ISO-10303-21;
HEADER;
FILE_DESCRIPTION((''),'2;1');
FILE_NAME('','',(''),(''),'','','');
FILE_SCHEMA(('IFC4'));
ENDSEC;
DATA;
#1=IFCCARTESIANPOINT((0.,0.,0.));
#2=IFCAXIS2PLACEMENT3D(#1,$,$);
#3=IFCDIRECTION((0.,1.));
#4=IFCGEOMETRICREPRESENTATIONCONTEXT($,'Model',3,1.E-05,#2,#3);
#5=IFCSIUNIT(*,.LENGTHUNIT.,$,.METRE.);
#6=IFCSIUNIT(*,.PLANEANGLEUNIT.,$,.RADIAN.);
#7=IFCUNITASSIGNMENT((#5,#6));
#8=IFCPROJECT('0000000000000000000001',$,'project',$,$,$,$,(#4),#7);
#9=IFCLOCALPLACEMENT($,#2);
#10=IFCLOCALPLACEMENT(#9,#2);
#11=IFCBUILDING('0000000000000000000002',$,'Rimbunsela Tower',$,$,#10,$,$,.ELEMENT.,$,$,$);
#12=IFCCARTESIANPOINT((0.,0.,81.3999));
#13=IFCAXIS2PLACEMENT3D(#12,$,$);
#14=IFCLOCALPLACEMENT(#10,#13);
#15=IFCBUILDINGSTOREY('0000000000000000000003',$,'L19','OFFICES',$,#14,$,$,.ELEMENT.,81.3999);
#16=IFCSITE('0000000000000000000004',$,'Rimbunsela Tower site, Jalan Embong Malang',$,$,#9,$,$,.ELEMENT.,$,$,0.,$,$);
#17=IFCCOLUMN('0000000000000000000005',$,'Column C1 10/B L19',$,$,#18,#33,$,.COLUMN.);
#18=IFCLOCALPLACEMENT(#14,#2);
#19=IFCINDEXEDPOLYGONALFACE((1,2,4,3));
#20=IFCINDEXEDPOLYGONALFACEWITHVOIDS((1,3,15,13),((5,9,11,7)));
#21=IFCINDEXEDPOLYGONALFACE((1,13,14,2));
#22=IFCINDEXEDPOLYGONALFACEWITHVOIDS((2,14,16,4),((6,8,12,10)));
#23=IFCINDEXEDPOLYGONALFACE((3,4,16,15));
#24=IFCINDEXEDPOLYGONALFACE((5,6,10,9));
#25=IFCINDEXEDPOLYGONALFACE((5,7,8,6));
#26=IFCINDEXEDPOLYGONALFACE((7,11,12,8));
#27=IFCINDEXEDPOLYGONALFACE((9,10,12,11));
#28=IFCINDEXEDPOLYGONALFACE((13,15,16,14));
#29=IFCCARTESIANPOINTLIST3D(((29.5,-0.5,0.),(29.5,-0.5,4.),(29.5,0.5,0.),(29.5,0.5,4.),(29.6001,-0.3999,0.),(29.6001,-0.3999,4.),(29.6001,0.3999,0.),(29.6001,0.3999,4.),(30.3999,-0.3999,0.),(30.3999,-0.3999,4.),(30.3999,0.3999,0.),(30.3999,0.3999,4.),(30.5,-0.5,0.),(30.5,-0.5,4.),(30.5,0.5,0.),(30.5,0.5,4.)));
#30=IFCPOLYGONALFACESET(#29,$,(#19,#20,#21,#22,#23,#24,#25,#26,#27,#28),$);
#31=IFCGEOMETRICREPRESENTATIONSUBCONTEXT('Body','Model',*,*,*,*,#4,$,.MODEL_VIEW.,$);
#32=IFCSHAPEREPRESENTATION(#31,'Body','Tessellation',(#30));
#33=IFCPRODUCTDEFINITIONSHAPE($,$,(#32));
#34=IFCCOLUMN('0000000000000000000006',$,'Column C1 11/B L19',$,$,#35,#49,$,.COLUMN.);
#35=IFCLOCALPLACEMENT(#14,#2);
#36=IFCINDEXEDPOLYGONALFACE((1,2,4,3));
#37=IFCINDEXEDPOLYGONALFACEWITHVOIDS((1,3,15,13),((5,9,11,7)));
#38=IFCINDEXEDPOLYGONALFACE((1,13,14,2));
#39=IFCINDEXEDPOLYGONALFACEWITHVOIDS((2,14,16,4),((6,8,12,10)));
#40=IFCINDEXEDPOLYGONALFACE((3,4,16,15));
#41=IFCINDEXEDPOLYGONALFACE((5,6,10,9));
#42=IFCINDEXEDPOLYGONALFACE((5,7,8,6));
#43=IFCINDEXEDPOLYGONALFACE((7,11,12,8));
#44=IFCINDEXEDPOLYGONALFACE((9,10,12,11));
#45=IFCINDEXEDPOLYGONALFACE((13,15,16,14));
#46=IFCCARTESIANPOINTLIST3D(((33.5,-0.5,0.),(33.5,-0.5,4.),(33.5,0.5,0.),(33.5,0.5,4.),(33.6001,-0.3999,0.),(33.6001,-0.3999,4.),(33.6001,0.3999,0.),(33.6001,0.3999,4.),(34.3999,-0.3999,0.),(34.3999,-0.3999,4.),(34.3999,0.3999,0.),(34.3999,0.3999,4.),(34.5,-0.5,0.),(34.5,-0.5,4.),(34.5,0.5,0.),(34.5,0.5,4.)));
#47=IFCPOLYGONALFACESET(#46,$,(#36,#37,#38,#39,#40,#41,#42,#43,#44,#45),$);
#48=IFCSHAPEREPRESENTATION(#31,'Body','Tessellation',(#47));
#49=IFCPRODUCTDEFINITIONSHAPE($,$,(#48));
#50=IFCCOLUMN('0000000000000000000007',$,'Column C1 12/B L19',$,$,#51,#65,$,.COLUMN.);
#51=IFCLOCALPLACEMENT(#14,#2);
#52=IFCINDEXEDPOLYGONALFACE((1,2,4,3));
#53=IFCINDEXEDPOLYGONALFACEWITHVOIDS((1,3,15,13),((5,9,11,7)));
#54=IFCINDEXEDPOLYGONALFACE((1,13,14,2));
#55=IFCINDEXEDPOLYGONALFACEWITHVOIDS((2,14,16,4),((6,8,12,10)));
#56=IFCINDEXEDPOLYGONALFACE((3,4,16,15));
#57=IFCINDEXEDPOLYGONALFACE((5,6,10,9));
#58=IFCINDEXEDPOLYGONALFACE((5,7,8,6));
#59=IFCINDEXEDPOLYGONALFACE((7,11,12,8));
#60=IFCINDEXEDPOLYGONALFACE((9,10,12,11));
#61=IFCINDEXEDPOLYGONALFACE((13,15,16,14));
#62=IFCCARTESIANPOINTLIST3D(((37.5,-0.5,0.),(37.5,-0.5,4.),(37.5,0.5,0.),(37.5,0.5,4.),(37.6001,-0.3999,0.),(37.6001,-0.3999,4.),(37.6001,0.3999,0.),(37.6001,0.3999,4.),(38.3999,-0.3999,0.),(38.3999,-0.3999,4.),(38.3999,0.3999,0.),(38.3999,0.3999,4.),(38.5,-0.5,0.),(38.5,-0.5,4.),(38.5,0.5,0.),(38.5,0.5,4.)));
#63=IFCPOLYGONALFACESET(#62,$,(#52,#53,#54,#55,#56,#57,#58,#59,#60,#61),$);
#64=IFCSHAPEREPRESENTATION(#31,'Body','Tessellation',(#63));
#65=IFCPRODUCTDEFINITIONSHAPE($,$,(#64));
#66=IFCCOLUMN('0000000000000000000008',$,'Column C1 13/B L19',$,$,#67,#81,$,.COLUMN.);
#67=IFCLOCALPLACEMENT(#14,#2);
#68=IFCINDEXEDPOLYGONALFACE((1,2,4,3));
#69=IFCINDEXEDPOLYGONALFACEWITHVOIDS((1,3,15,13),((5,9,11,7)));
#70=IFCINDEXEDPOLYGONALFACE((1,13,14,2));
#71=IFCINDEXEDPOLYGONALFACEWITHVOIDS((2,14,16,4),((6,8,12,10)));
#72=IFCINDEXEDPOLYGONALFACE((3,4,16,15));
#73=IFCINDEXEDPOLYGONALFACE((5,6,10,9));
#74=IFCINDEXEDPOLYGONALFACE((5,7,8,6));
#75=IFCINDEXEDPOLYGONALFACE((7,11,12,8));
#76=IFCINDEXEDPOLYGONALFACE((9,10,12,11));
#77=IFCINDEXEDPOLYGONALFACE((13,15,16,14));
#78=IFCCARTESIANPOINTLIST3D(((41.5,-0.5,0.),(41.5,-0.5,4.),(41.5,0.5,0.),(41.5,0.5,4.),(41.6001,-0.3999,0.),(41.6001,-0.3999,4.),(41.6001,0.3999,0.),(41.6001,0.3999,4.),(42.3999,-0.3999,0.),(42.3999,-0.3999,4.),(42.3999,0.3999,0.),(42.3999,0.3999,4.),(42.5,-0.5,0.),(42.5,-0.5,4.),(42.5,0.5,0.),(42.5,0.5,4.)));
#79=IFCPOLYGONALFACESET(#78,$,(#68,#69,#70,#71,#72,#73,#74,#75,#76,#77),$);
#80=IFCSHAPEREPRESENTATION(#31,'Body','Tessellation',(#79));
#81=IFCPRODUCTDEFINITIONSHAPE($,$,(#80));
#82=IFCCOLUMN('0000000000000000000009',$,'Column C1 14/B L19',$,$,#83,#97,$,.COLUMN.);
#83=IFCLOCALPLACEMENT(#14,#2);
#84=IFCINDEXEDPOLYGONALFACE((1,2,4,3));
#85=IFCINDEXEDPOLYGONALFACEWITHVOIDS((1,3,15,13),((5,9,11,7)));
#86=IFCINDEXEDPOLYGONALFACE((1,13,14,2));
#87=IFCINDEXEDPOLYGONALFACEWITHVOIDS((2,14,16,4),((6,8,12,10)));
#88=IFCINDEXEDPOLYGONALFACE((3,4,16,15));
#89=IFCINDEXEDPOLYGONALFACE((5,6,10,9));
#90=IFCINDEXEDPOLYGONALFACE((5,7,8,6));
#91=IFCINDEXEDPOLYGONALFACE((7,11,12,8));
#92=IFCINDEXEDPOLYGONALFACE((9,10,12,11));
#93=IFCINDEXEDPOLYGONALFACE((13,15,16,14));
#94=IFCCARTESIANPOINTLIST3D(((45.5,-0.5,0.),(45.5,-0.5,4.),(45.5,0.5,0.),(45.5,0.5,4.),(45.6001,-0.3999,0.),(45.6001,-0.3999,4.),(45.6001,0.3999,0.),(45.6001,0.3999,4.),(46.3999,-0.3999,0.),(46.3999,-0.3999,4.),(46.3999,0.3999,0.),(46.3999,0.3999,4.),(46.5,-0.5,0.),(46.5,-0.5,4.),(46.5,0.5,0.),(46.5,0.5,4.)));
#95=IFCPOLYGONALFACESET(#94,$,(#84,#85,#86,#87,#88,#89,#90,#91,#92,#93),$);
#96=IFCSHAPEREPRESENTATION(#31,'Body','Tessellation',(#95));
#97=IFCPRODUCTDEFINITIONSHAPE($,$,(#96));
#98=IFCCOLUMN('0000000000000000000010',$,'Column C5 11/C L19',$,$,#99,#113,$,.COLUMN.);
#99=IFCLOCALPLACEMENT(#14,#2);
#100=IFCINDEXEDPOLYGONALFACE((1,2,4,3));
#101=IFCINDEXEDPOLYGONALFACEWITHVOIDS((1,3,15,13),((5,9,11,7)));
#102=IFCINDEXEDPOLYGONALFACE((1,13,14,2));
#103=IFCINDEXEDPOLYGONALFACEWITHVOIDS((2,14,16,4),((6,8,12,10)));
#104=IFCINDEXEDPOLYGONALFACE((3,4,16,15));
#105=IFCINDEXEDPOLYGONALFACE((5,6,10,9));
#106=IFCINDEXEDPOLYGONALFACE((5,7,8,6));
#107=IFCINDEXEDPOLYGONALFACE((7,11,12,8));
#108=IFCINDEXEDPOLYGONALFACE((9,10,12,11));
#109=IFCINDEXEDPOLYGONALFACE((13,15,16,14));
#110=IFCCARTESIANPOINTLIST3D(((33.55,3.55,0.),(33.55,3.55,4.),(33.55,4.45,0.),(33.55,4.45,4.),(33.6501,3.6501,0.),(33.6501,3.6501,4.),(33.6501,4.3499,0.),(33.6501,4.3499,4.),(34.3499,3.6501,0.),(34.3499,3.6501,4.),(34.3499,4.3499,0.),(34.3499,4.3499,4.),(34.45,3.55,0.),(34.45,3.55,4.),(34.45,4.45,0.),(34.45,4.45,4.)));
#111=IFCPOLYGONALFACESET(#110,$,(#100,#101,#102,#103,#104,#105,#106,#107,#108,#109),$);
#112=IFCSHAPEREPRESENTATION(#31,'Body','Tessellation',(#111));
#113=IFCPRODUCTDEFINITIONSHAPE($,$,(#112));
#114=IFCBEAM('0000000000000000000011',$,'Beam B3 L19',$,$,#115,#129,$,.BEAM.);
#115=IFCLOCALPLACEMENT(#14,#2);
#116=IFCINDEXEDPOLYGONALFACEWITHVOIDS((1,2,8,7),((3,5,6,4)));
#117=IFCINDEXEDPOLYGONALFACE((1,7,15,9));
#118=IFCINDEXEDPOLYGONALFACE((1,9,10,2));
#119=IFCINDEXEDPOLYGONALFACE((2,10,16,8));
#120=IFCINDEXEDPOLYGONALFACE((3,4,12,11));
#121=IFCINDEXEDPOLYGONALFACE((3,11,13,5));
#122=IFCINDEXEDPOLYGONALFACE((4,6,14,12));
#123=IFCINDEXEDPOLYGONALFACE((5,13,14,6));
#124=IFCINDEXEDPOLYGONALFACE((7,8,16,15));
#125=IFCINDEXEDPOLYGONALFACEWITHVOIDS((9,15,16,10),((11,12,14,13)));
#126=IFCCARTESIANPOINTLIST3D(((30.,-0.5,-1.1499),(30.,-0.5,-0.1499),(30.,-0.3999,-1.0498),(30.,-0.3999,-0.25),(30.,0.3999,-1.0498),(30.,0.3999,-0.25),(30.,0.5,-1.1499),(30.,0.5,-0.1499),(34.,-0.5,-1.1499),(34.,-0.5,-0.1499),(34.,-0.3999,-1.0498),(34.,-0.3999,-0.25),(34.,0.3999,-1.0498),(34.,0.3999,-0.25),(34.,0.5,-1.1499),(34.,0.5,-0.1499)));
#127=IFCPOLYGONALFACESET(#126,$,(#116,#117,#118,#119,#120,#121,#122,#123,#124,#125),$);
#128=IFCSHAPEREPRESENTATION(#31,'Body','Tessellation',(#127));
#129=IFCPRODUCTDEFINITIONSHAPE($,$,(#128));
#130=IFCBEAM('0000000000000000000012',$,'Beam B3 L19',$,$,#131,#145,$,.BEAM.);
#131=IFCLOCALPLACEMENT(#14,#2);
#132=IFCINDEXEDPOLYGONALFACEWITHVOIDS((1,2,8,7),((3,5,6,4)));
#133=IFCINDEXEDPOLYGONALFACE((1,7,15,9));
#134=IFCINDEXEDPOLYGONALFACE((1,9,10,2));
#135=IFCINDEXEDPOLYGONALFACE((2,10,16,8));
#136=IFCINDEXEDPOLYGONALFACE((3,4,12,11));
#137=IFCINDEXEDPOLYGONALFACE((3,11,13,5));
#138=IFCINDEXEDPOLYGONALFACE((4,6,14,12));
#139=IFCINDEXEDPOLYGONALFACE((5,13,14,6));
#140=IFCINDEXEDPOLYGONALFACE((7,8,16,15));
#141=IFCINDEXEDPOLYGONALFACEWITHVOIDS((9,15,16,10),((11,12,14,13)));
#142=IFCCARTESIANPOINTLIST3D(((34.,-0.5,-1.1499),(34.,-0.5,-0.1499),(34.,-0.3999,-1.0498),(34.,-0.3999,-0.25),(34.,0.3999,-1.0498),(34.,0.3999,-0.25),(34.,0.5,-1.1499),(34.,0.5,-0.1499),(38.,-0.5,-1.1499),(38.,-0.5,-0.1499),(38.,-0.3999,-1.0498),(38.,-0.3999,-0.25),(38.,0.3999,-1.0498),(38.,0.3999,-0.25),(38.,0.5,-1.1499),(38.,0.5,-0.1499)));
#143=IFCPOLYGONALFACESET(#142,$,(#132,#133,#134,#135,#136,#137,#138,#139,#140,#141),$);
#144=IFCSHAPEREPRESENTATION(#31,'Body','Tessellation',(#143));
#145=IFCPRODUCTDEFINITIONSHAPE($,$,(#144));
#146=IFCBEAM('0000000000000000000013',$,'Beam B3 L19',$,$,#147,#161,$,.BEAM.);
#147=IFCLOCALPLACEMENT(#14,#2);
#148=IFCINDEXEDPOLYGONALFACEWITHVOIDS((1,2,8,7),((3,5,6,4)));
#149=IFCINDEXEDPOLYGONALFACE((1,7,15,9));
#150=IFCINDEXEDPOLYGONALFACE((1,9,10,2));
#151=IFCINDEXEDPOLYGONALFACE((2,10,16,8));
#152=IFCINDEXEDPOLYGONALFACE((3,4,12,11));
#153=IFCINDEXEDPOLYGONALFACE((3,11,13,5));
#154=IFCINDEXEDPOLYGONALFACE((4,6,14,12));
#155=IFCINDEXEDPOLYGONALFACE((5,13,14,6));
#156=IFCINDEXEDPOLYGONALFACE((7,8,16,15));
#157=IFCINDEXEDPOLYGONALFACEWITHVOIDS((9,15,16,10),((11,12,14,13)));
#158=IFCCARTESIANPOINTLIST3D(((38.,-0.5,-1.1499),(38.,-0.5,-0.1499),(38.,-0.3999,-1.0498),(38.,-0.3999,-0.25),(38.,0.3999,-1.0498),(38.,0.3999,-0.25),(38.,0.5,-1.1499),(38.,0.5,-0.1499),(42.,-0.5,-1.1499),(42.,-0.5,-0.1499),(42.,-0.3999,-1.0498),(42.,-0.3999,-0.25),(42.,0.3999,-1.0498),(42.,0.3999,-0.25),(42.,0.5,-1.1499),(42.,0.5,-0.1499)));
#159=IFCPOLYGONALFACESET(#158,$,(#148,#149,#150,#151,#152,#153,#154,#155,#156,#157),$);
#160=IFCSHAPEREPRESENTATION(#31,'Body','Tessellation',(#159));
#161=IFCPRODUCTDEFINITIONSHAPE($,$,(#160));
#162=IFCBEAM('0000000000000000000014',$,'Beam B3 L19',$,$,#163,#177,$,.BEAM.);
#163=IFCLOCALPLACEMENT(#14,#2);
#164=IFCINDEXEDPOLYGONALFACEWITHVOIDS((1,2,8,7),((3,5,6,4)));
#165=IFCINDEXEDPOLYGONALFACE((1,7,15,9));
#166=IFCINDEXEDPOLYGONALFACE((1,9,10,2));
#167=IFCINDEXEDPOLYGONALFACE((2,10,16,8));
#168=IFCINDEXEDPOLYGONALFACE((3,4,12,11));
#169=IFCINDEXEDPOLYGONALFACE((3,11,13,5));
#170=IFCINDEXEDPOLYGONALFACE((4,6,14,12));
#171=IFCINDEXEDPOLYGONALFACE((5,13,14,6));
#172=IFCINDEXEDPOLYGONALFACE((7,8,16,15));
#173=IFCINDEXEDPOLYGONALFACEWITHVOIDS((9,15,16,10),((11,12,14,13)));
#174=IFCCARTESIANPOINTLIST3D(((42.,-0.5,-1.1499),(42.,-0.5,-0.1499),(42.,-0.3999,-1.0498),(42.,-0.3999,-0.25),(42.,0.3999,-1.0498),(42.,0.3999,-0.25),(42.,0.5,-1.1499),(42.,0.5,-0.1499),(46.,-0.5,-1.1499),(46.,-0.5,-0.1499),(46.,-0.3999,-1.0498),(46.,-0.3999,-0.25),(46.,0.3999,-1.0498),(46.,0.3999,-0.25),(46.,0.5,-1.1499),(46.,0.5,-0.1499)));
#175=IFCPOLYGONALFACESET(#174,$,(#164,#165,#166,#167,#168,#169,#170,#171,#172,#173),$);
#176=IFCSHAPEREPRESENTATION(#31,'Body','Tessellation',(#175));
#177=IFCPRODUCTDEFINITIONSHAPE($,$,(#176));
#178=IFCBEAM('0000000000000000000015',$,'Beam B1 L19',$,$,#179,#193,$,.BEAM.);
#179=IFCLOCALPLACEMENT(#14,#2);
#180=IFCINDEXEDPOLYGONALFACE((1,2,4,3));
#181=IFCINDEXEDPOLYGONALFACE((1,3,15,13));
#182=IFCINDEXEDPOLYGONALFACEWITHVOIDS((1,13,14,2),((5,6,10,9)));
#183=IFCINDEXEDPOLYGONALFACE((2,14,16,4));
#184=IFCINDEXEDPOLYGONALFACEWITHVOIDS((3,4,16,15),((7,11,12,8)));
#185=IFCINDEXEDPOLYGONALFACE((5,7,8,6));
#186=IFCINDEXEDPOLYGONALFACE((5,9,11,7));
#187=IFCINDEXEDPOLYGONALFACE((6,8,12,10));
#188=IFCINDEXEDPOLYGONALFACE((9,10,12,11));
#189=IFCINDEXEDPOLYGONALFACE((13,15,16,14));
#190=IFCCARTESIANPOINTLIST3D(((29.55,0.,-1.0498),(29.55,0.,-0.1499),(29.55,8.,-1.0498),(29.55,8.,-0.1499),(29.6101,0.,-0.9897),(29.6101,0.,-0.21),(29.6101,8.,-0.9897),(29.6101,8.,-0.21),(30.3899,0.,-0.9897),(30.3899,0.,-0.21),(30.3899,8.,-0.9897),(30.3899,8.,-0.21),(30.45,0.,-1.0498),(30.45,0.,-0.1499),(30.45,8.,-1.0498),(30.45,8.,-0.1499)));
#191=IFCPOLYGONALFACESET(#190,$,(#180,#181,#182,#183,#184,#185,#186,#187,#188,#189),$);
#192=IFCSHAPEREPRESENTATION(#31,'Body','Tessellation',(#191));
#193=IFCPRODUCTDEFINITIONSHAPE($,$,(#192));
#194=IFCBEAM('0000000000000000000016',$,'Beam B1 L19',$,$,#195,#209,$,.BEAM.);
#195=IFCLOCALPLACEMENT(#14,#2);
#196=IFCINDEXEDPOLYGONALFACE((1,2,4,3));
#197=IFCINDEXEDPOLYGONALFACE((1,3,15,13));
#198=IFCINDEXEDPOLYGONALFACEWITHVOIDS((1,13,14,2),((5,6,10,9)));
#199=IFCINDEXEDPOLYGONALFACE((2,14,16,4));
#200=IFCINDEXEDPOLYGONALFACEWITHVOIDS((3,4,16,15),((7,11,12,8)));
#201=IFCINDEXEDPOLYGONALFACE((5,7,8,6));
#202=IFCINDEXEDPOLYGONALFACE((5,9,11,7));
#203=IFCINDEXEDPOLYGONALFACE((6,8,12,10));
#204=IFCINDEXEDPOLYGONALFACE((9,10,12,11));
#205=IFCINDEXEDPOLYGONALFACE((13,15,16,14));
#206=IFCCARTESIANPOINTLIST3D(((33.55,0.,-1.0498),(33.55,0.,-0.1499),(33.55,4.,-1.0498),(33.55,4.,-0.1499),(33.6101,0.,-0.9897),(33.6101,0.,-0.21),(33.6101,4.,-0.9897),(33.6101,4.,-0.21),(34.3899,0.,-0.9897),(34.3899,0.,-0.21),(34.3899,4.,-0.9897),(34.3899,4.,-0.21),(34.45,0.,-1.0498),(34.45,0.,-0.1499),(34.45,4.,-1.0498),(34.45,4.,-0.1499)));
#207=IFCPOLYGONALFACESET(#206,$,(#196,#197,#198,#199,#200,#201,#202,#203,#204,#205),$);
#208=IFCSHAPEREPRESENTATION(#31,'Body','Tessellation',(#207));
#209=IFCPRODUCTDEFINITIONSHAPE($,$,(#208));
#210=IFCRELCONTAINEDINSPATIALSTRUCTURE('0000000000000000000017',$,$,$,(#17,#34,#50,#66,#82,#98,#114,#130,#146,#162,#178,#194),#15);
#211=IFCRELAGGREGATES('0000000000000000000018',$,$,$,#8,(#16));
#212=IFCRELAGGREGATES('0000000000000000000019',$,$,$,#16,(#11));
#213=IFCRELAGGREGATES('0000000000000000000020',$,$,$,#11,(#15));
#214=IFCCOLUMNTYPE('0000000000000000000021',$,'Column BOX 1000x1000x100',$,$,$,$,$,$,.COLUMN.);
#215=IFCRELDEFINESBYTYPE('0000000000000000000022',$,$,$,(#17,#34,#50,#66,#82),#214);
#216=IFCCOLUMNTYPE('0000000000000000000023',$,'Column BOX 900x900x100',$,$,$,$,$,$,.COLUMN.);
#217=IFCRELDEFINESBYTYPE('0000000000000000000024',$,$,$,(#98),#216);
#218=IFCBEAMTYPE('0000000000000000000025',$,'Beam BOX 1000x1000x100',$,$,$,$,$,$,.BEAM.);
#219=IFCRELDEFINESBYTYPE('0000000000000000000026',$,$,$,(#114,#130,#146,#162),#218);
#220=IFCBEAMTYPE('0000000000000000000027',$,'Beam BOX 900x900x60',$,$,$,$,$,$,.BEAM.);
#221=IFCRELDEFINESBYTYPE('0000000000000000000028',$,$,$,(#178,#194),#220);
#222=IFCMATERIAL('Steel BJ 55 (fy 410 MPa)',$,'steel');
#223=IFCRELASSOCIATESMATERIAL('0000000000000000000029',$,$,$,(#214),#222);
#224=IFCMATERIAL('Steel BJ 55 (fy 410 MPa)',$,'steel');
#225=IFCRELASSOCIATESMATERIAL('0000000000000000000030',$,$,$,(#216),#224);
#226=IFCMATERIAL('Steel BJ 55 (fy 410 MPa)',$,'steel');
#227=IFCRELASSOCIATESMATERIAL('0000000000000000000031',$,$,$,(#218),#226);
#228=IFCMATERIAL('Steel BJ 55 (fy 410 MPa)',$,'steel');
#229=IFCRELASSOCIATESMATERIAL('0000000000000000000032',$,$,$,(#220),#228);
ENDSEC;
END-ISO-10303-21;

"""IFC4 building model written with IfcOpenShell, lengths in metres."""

from ifc_helpers import new_model, si_unit, direction, frame, origin, origin_2d, place, context, subcontext, project, spatial, hollow_rectangle, extrude, material, material_profile, profile_set, type_object, element, save


model = new_model("IFC4")

# Units and contexts
model_context = context("Model", 3, precision=1e-05, world=origin(), true_north=direction((0.0, 1.0)))
body_context = subcontext(model_context, "Body", "Model", "MODEL_VIEW")
ifc_project = project(units=[si_unit("LENGTHUNIT", "METRE"), si_unit("PLANEANGLEUNIT", "RADIAN")], contexts=[model_context])

# Site, building, storey
site_placement = place(None, origin())
site = spatial("IfcSite", under=ifc_project, at=site_placement, Name="Rimbunsela Tower site, Jalan Embong Malang", CompositionType="ELEMENT", RefElevation=0.0)
building_placement = place(site_placement, origin())
building = spatial("IfcBuilding", under=site, at=building_placement, Name="Rimbunsela Tower", CompositionType="ELEMENT")
storey_placement = place(building_placement, frame((0.0, 0.0, 81.3999)))
storey = spatial("IfcBuildingStorey", under=building, at=storey_placement, Name="L19", Description="OFFICES", CompositionType="ELEMENT", Elevation=81.3999)

# Columns
ifc_material_1 = material(Name="Steel BJ 55 (fy 410 MPa)", Category="steel")
ifc_material_profile_1 = material_profile(ifc_material_1, hollow_rectangle(XDim=1.0, YDim=1.0, WallThickness=0.1001, at=origin_2d()), Name="BOX 1000x1000x100")
ifc_profile_set_1 = profile_set([ifc_material_profile_1], Name="Steel BJ 55 (fy 410 MPa)")
column_type_1 = type_object("IfcColumnType", Name="Column BOX 1000x1000x100", PredefinedType="COLUMN", material=ifc_profile_set_1)
for number, where, z_axis, x_axis, name in (
    (1, (30.0, 0.0, 0.0), (0.0, 0.0, 1.0), (1.0, 0.0, 0.0), "Column C1 10/B L19"),
    (2, (34.0, 0.0, 0.0), (0.0, 0.0, 1.0), (1.0, 0.0, 0.0), "Column C1 11/B L19"),
    (3, (38.0, 0.0, 0.0), (0.0, 0.0, 1.0), (1.0, 0.0, 0.0), "Column C1 12/B L19"),
    (4, (42.0, 0.0, 0.0), (0.0, 0.0, 1.0), (1.0, 0.0, 0.0), "Column C1 13/B L19"),
    (5, (46.0, 0.0, 0.0), (0.0, 0.0, 1.0), (1.0, 0.0, 0.0), "Column C1 14/B L19"),
):
    element("IfcColumn", number, at=place(storey_placement, frame(where, z_axis=z_axis, x_axis=x_axis)), inside=storey, type_object=column_type_1, Name=name, PredefinedType="COLUMN", context=body_context, shape_type="SweptSolid", body=[
        extrude(hollow_rectangle(XDim=1.0, YDim=1.0, WallThickness=0.1001, at=origin_2d()), origin(), (0.0, 0.0, 1.0), 4.0),
    ])
ifc_material_2 = material(Name="Steel BJ 55 (fy 410 MPa)", Category="steel")
ifc_material_profile_2 = material_profile(ifc_material_2, hollow_rectangle(XDim=0.8999, YDim=0.8999, WallThickness=0.1001, at=origin_2d()), Name="BOX 900x900x100")
ifc_profile_set_2 = profile_set([ifc_material_profile_2], Name="Steel BJ 55 (fy 410 MPa)")
column_type_2 = type_object("IfcColumnType", Name="Column BOX 900x900x100", PredefinedType="COLUMN", material=ifc_profile_set_2)
column_placement = place(storey_placement, frame((34.0, 4.0, 0.0), z_axis=(0.0, 0.0, 1.0), x_axis=(1.0, 0.0, 0.0)))
element("IfcColumn", 6, at=column_placement, inside=storey, type_object=column_type_2, Name="Column C5 11/C L19", PredefinedType="COLUMN", context=body_context, shape_type="SweptSolid", body=[
    extrude(hollow_rectangle(XDim=0.8999, YDim=0.8999, WallThickness=0.1001, at=origin_2d()), origin(), (0.0, 0.0, 1.0), 4.0),
])

# Beams
ifc_material_3 = material(Name="Steel BJ 55 (fy 410 MPa)", Category="steel")
ifc_material_profile_3 = material_profile(ifc_material_3, hollow_rectangle(XDim=1.0, YDim=1.0, WallThickness=0.1001, at=origin_2d()), Name="BOX 1000x1000x100")
ifc_profile_set_3 = profile_set([ifc_material_profile_3], Name="Steel BJ 55 (fy 410 MPa)")
beam_type_1 = type_object("IfcBeamType", Name="Beam BOX 1000x1000x100", PredefinedType="BEAM", material=ifc_profile_set_3)
for number, where, z_axis, x_axis, name in (
    (7, (30.0, 0.0, -0.6499), (1.0, 0.0, 0.0), (0.0, 1.0, 0.0), "Beam B3 L19"),
    (8, (34.0, 0.0, -0.6499), (1.0, 0.0, 0.0), (0.0, 1.0, 0.0), "Beam B3 L19"),
    (9, (38.0, 0.0, -0.6499), (1.0, 0.0, 0.0), (0.0, 1.0, 0.0), "Beam B3 L19"),
    (10, (42.0, 0.0, -0.6499), (1.0, 0.0, 0.0), (0.0, 1.0, 0.0), "Beam B3 L19"),
):
    element("IfcBeam", number, at=place(storey_placement, frame(where, z_axis=z_axis, x_axis=x_axis)), inside=storey, type_object=beam_type_1, Name=name, PredefinedType="BEAM", context=body_context, shape_type="SweptSolid", body=[
        extrude(hollow_rectangle(XDim=1.0, YDim=1.0, WallThickness=0.1001, at=origin_2d()), origin(), (0.0, 0.0, 1.0), 4.0),
    ])
ifc_material_4 = material(Name="Steel BJ 55 (fy 410 MPa)", Category="steel")
ifc_material_profile_4 = material_profile(ifc_material_4, hollow_rectangle(XDim=0.8999, YDim=0.8999, WallThickness=0.0601, at=origin_2d()), Name="BOX 900x900x60")
ifc_profile_set_4 = profile_set([ifc_material_profile_4], Name="Steel BJ 55 (fy 410 MPa)")
beam_type_2 = type_object("IfcBeamType", Name="Beam BOX 900x900x60", PredefinedType="BEAM", material=ifc_profile_set_4)
beam_1_placement = place(storey_placement, frame((30.0, 0.0, -0.5999), z_axis=(0.0, 1.0, 0.0), x_axis=(-1.0, 0.0, 0.0)))
element("IfcBeam", 11, at=beam_1_placement, inside=storey, type_object=beam_type_2, Name="Beam B1 L19", PredefinedType="BEAM", context=body_context, shape_type="SweptSolid", body=[
    extrude(hollow_rectangle(XDim=0.8999, YDim=0.8999, WallThickness=0.0601, at=origin_2d()), origin(), (0.0, 0.0, 1.0), 8.0),
])
beam_2_placement = place(storey_placement, frame((34.0, 0.0, -0.5999), z_axis=(0.0, 1.0, 0.0), x_axis=(-1.0, 0.0, 0.0)))
element("IfcBeam", 12, at=beam_2_placement, inside=storey, type_object=beam_type_2, Name="Beam B1 L19", PredefinedType="BEAM", context=body_context, shape_type="SweptSolid", body=[
    extrude(hollow_rectangle(XDim=0.8999, YDim=0.8999, WallThickness=0.0601, at=origin_2d()), origin(), (0.0, 0.0, 1.0), 4.0),
])

save(model, "model.ifc")
